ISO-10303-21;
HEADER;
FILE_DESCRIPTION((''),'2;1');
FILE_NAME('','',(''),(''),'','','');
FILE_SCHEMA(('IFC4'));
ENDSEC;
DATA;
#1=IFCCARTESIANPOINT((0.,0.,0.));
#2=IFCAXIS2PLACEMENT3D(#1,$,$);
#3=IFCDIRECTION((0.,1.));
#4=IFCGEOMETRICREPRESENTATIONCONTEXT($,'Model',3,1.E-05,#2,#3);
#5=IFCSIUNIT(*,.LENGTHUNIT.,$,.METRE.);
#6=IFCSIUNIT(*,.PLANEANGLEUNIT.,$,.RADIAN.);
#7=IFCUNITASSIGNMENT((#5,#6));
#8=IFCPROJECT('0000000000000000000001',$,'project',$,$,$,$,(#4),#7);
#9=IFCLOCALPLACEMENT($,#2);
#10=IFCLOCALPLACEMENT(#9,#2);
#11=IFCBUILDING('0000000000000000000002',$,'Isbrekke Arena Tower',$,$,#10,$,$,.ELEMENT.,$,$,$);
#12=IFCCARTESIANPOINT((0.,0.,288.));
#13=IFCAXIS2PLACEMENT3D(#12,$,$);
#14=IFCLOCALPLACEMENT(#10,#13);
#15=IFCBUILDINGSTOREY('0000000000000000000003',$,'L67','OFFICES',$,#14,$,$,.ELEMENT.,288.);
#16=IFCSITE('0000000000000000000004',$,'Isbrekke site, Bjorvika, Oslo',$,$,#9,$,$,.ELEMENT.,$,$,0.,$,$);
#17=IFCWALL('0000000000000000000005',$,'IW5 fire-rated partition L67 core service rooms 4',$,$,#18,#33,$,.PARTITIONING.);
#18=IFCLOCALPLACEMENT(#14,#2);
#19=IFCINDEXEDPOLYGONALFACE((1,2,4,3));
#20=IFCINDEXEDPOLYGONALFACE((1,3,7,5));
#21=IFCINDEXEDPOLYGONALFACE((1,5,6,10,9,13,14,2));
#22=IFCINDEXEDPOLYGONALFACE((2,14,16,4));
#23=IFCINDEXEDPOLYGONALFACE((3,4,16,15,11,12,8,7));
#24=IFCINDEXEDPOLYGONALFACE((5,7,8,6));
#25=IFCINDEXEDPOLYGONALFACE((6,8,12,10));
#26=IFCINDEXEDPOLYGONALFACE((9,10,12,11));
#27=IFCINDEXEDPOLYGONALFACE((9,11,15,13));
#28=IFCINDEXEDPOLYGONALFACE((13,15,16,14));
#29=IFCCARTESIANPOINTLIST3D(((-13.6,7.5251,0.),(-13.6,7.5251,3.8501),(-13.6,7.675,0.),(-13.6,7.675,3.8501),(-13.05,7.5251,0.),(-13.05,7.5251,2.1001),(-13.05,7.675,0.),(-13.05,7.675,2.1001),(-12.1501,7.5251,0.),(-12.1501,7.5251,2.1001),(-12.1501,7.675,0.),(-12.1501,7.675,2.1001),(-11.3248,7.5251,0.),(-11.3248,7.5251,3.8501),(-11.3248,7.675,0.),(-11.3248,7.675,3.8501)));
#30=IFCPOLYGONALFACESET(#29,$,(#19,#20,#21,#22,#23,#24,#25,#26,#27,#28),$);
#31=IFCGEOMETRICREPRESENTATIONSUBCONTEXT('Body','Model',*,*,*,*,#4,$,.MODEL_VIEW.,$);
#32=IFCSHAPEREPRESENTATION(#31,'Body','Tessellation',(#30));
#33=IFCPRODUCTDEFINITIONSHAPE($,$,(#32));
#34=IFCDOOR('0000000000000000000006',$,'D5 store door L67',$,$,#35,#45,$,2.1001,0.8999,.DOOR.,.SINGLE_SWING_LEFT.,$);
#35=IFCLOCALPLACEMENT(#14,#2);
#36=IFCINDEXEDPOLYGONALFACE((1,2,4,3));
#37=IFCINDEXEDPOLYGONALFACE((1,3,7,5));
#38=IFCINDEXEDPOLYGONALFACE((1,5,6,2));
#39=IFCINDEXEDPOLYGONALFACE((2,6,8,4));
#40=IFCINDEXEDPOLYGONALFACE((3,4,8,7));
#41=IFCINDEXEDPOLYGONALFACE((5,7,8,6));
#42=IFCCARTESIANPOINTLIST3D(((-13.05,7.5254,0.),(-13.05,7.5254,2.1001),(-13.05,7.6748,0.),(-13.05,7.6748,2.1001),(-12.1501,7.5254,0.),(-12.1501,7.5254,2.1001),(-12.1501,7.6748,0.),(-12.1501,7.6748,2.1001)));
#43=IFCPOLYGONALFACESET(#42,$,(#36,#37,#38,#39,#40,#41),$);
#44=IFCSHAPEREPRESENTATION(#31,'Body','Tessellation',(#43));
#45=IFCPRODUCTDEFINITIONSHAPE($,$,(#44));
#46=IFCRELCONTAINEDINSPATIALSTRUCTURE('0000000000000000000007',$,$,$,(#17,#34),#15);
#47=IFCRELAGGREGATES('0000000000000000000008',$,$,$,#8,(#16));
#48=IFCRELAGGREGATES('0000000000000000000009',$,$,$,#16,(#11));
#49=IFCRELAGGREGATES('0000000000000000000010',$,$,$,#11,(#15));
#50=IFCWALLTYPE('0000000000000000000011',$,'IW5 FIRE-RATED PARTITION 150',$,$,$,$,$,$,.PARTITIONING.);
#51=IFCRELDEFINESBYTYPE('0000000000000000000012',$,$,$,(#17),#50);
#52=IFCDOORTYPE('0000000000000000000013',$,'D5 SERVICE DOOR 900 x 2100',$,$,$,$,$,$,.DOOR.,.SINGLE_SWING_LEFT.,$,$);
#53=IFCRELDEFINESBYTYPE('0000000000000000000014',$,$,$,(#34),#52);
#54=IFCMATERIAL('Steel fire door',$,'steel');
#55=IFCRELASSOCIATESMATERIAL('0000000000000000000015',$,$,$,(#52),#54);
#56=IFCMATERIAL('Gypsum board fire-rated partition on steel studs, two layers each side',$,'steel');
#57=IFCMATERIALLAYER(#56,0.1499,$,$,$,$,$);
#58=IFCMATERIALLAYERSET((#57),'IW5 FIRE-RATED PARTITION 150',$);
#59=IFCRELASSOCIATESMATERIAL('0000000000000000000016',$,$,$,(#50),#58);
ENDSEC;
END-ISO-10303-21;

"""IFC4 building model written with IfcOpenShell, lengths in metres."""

from ifc_helpers import new_model, si_unit, direction, frame, frame_2d, origin, place, context, subcontext, project, spatial, rectangle, extrude, material, layer, layer_set, type_object, element, fill, save


model = new_model("IFC4")

# Units and contexts
model_context = context("Model", 3, precision=1e-05, world=origin(), true_north=direction((0.0, 1.0)))
body_context = subcontext(model_context, "Body", "Model", "MODEL_VIEW")
ifc_project = project(units=[si_unit("LENGTHUNIT", "METRE"), si_unit("PLANEANGLEUNIT", "RADIAN")], contexts=[model_context])

# Site, building, storey
site_placement = place(None, origin())
site = spatial("IfcSite", under=ifc_project, at=site_placement, Name="Isbrekke site, Bjorvika, Oslo", CompositionType="ELEMENT", RefElevation=0.0)
building_placement = place(site_placement, origin())
building = spatial("IfcBuilding", under=site, at=building_placement, Name="Isbrekke Arena Tower", CompositionType="ELEMENT")
storey_placement = place(building_placement, frame((0.0, 0.0, 288.0)))
storey = spatial("IfcBuildingStorey", under=building, at=storey_placement, Name="L67", Description="OFFICES", CompositionType="ELEMENT", Elevation=288.0)

# Shared definitions
ifc_material_1 = material(Name="Steel fire door", Category="steel")
door_type_1 = type_object("IfcDoorType", Name="D5 SERVICE DOOR 900 x 2100", OperationType="SINGLE_SWING_LEFT", PredefinedType="DOOR", material=ifc_material_1)

# Wall, opening, door
ifc_material_2 = material(Name="Gypsum board fire-rated partition on steel studs, two layers each side", Category="steel")
ifc_layer_1 = layer(ifc_material_2, 0.1499)
ifc_layer_set_1 = layer_set([ifc_layer_1], Name="IW5 FIRE-RATED PARTITION 150")
wall_type_1 = type_object("IfcWallType", Name="IW5 FIRE-RATED PARTITION 150", PredefinedType="PARTITIONING", material=ifc_layer_set_1)
wall_1_placement = place(storey_placement, frame((-13.6001, 7.6001, 0.0), z_axis=(0.0, 0.0, 1.0), x_axis=(1.0, 0.0, 0.0)))
wall_1 = element("IfcWall", 1, at=wall_1_placement, inside=storey, type_object=wall_type_1, Name="IW5 fire-rated partition L67 core service rooms 4", PredefinedType="PARTITIONING", context=body_context, shape_type="SweptSolid", body=[
    extrude(rectangle(XDim=2.2751, YDim=0.1499, at=frame_2d((1.1377, 0.0))), origin(), (0.0, 0.0, 1.0), 3.8501),
])
opening_1_placement = place(wall_1_placement, frame((0.55, 0.0, 0.0)))
opening_1 = element("IfcOpeningElement", 2, at=opening_1_placement, cuts=wall_1, PredefinedType="OPENING", context=body_context, shape_type="SweptSolid", body=[
    extrude(rectangle(XDim=0.8999, YDim=2.1001, at=frame_2d((0.45, 1.05))), frame((0.0, 0.0898, 0.0), z_axis=(0.0, -1.0, 0.0), x_axis=(1.0, 0.0, 0.0)), (0.0, 0.0, 1.0), 0.1797),
])
door_1_placement = place(opening_1_placement, origin())
door_1 = element("IfcDoor", 3, at=door_1_placement, inside=storey, type_object=door_type_1, Name="D5 store door L67", OperationType="SINGLE_SWING_LEFT", OverallHeight=2.1001, OverallWidth=0.8999, PredefinedType="DOOR", context=body_context, shape_type="SweptSolid", body=[
    extrude(rectangle(XDim=0.8999, YDim=2.1001, at=frame_2d((0.45, 1.05))), frame((0.0, 0.0747, 0.0), z_axis=(0.0, -1.0, 0.0), x_axis=(1.0, 0.0, 0.0)), (0.0, 0.0, 1.0), 0.1494),
])
fill(opening_1, door_1)

save(model, "model.ifc")
